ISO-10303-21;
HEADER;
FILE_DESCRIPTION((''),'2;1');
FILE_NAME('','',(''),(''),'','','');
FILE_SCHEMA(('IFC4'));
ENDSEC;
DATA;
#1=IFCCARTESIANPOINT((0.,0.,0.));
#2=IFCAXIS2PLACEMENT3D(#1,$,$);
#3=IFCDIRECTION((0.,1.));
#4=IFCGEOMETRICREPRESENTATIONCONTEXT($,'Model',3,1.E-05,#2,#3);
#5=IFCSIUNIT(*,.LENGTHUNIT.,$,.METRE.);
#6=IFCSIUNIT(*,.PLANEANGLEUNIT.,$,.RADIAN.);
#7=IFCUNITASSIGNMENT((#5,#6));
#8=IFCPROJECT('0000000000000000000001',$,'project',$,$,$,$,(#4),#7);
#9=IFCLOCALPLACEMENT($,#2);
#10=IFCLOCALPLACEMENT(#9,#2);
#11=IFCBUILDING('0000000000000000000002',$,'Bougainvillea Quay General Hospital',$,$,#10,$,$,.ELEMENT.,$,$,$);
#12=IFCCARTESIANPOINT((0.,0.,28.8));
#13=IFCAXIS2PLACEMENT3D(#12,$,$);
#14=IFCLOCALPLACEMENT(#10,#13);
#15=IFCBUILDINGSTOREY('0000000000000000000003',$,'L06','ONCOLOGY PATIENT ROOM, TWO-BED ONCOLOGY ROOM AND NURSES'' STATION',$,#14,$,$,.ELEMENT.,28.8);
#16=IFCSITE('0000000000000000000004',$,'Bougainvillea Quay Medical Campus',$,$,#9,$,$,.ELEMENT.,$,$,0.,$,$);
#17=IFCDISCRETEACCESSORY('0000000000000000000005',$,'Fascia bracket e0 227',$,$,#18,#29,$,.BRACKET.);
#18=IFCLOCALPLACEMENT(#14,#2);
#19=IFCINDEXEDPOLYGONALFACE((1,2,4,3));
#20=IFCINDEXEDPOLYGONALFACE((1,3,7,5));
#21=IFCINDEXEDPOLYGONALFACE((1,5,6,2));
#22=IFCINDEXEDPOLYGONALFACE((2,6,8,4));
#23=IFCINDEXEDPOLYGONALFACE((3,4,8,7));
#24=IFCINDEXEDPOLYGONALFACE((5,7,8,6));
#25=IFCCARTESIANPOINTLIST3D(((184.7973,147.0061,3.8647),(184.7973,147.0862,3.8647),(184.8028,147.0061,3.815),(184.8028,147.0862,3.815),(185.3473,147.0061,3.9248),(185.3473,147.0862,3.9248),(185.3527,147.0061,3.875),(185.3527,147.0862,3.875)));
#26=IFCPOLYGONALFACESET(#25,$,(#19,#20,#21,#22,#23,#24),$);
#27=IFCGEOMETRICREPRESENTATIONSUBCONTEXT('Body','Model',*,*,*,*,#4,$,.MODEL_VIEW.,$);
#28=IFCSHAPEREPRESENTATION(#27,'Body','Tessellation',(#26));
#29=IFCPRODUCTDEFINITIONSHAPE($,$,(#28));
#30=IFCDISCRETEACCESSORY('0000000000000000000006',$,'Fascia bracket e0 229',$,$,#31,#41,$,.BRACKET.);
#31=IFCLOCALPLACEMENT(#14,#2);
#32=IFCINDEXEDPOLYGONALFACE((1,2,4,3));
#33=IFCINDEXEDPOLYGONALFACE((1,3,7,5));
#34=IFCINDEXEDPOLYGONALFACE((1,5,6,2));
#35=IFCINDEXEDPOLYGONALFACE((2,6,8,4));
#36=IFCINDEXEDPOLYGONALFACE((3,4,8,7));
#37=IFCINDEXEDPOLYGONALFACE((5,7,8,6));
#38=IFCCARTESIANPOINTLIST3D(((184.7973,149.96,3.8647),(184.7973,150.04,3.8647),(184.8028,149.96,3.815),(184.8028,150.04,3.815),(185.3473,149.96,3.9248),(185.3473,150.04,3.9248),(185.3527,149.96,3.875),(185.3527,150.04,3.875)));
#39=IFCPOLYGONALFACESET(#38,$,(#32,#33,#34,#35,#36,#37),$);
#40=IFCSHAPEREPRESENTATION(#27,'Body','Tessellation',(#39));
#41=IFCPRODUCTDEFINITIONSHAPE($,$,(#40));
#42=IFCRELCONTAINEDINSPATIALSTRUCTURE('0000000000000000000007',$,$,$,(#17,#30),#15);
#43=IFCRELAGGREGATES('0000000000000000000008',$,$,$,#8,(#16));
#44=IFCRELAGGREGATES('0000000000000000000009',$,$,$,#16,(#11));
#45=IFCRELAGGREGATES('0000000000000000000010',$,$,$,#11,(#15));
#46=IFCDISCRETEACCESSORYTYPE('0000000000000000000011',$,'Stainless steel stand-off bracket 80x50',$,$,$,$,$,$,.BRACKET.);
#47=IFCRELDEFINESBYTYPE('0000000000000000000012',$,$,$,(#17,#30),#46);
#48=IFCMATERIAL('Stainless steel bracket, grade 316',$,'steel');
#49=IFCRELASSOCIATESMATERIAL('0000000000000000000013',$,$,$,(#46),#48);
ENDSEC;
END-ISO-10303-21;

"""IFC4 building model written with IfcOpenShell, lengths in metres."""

from ifc_helpers import new_model, si_unit, direction, frame, origin, origin_2d, place, context, subcontext, project, spatial, rectangle, extrude, material, material_profile, profile_set, type_object, element, save


model = new_model("IFC4")

# Units and contexts
model_context = context("Model", 3, precision=1e-05, world=origin(), true_north=direction((0.0, 1.0)))
body_context = subcontext(model_context, "Body", "Model", "MODEL_VIEW")
ifc_project = project(units=[si_unit("LENGTHUNIT", "METRE"), si_unit("PLANEANGLEUNIT", "RADIAN")], contexts=[model_context])

# Site, building, storey
site_placement = place(None, origin())
site = spatial("IfcSite", under=ifc_project, at=site_placement, Name="Bougainvillea Quay Medical Campus", CompositionType="ELEMENT", RefElevation=0.0)
building_placement = place(site_placement, origin())
building = spatial("IfcBuilding", under=site, at=building_placement, Name="Bougainvillea Quay General Hospital", CompositionType="ELEMENT")
storey_placement = place(building_placement, frame((0.0, 0.0, 28.8)))
storey = spatial("IfcBuildingStorey", under=building, at=storey_placement, Name="L06", Description="ONCOLOGY PATIENT ROOM, TWO-BED ONCOLOGY ROOM AND NURSES' STATION", CompositionType="ELEMENT", Elevation=28.8)

# Discrete accessories
ifc_material_1 = material(Name="Stainless steel bracket, grade 316", Category="steel")
ifc_material_profile_1 = material_profile(ifc_material_1, rectangle(XDim=0.0801, YDim=0.05, at=origin_2d()))
ifc_profile_set_1 = profile_set([ifc_material_profile_1], Name="Stainless steel bracket, grade 316")
discrete_accessory_type = type_object("IfcDiscreteAccessoryType", Name="Stainless steel stand-off bracket 80x50", PredefinedType="BRACKET", material=ifc_profile_set_1)
for number, where, z_axis, x_axis, name in (
    (1, (184.8, 147.0461, 3.8398), (0.994092, 0.0, 0.108543), (0.0, 1.0, 0.0), "Fascia bracket e0 227"),
    (2, (184.8, 150.0, 3.8398), (0.994092, 0.0, 0.108543), (0.0, 1.0, 0.0), "Fascia bracket e0 229"),
):
    element("IfcDiscreteAccessory", number, at=place(storey_placement, frame(where, z_axis=z_axis, x_axis=x_axis)), inside=storey, type_object=discrete_accessory_type, Name=name, PredefinedType="BRACKET", context=body_context, shape_type="SweptSolid", body=[
        extrude(rectangle(XDim=0.0801, YDim=0.05, at=origin_2d()), origin(), (0.0, 0.0, 1.0), 0.5532),
    ])

save(model, "model.ifc")
